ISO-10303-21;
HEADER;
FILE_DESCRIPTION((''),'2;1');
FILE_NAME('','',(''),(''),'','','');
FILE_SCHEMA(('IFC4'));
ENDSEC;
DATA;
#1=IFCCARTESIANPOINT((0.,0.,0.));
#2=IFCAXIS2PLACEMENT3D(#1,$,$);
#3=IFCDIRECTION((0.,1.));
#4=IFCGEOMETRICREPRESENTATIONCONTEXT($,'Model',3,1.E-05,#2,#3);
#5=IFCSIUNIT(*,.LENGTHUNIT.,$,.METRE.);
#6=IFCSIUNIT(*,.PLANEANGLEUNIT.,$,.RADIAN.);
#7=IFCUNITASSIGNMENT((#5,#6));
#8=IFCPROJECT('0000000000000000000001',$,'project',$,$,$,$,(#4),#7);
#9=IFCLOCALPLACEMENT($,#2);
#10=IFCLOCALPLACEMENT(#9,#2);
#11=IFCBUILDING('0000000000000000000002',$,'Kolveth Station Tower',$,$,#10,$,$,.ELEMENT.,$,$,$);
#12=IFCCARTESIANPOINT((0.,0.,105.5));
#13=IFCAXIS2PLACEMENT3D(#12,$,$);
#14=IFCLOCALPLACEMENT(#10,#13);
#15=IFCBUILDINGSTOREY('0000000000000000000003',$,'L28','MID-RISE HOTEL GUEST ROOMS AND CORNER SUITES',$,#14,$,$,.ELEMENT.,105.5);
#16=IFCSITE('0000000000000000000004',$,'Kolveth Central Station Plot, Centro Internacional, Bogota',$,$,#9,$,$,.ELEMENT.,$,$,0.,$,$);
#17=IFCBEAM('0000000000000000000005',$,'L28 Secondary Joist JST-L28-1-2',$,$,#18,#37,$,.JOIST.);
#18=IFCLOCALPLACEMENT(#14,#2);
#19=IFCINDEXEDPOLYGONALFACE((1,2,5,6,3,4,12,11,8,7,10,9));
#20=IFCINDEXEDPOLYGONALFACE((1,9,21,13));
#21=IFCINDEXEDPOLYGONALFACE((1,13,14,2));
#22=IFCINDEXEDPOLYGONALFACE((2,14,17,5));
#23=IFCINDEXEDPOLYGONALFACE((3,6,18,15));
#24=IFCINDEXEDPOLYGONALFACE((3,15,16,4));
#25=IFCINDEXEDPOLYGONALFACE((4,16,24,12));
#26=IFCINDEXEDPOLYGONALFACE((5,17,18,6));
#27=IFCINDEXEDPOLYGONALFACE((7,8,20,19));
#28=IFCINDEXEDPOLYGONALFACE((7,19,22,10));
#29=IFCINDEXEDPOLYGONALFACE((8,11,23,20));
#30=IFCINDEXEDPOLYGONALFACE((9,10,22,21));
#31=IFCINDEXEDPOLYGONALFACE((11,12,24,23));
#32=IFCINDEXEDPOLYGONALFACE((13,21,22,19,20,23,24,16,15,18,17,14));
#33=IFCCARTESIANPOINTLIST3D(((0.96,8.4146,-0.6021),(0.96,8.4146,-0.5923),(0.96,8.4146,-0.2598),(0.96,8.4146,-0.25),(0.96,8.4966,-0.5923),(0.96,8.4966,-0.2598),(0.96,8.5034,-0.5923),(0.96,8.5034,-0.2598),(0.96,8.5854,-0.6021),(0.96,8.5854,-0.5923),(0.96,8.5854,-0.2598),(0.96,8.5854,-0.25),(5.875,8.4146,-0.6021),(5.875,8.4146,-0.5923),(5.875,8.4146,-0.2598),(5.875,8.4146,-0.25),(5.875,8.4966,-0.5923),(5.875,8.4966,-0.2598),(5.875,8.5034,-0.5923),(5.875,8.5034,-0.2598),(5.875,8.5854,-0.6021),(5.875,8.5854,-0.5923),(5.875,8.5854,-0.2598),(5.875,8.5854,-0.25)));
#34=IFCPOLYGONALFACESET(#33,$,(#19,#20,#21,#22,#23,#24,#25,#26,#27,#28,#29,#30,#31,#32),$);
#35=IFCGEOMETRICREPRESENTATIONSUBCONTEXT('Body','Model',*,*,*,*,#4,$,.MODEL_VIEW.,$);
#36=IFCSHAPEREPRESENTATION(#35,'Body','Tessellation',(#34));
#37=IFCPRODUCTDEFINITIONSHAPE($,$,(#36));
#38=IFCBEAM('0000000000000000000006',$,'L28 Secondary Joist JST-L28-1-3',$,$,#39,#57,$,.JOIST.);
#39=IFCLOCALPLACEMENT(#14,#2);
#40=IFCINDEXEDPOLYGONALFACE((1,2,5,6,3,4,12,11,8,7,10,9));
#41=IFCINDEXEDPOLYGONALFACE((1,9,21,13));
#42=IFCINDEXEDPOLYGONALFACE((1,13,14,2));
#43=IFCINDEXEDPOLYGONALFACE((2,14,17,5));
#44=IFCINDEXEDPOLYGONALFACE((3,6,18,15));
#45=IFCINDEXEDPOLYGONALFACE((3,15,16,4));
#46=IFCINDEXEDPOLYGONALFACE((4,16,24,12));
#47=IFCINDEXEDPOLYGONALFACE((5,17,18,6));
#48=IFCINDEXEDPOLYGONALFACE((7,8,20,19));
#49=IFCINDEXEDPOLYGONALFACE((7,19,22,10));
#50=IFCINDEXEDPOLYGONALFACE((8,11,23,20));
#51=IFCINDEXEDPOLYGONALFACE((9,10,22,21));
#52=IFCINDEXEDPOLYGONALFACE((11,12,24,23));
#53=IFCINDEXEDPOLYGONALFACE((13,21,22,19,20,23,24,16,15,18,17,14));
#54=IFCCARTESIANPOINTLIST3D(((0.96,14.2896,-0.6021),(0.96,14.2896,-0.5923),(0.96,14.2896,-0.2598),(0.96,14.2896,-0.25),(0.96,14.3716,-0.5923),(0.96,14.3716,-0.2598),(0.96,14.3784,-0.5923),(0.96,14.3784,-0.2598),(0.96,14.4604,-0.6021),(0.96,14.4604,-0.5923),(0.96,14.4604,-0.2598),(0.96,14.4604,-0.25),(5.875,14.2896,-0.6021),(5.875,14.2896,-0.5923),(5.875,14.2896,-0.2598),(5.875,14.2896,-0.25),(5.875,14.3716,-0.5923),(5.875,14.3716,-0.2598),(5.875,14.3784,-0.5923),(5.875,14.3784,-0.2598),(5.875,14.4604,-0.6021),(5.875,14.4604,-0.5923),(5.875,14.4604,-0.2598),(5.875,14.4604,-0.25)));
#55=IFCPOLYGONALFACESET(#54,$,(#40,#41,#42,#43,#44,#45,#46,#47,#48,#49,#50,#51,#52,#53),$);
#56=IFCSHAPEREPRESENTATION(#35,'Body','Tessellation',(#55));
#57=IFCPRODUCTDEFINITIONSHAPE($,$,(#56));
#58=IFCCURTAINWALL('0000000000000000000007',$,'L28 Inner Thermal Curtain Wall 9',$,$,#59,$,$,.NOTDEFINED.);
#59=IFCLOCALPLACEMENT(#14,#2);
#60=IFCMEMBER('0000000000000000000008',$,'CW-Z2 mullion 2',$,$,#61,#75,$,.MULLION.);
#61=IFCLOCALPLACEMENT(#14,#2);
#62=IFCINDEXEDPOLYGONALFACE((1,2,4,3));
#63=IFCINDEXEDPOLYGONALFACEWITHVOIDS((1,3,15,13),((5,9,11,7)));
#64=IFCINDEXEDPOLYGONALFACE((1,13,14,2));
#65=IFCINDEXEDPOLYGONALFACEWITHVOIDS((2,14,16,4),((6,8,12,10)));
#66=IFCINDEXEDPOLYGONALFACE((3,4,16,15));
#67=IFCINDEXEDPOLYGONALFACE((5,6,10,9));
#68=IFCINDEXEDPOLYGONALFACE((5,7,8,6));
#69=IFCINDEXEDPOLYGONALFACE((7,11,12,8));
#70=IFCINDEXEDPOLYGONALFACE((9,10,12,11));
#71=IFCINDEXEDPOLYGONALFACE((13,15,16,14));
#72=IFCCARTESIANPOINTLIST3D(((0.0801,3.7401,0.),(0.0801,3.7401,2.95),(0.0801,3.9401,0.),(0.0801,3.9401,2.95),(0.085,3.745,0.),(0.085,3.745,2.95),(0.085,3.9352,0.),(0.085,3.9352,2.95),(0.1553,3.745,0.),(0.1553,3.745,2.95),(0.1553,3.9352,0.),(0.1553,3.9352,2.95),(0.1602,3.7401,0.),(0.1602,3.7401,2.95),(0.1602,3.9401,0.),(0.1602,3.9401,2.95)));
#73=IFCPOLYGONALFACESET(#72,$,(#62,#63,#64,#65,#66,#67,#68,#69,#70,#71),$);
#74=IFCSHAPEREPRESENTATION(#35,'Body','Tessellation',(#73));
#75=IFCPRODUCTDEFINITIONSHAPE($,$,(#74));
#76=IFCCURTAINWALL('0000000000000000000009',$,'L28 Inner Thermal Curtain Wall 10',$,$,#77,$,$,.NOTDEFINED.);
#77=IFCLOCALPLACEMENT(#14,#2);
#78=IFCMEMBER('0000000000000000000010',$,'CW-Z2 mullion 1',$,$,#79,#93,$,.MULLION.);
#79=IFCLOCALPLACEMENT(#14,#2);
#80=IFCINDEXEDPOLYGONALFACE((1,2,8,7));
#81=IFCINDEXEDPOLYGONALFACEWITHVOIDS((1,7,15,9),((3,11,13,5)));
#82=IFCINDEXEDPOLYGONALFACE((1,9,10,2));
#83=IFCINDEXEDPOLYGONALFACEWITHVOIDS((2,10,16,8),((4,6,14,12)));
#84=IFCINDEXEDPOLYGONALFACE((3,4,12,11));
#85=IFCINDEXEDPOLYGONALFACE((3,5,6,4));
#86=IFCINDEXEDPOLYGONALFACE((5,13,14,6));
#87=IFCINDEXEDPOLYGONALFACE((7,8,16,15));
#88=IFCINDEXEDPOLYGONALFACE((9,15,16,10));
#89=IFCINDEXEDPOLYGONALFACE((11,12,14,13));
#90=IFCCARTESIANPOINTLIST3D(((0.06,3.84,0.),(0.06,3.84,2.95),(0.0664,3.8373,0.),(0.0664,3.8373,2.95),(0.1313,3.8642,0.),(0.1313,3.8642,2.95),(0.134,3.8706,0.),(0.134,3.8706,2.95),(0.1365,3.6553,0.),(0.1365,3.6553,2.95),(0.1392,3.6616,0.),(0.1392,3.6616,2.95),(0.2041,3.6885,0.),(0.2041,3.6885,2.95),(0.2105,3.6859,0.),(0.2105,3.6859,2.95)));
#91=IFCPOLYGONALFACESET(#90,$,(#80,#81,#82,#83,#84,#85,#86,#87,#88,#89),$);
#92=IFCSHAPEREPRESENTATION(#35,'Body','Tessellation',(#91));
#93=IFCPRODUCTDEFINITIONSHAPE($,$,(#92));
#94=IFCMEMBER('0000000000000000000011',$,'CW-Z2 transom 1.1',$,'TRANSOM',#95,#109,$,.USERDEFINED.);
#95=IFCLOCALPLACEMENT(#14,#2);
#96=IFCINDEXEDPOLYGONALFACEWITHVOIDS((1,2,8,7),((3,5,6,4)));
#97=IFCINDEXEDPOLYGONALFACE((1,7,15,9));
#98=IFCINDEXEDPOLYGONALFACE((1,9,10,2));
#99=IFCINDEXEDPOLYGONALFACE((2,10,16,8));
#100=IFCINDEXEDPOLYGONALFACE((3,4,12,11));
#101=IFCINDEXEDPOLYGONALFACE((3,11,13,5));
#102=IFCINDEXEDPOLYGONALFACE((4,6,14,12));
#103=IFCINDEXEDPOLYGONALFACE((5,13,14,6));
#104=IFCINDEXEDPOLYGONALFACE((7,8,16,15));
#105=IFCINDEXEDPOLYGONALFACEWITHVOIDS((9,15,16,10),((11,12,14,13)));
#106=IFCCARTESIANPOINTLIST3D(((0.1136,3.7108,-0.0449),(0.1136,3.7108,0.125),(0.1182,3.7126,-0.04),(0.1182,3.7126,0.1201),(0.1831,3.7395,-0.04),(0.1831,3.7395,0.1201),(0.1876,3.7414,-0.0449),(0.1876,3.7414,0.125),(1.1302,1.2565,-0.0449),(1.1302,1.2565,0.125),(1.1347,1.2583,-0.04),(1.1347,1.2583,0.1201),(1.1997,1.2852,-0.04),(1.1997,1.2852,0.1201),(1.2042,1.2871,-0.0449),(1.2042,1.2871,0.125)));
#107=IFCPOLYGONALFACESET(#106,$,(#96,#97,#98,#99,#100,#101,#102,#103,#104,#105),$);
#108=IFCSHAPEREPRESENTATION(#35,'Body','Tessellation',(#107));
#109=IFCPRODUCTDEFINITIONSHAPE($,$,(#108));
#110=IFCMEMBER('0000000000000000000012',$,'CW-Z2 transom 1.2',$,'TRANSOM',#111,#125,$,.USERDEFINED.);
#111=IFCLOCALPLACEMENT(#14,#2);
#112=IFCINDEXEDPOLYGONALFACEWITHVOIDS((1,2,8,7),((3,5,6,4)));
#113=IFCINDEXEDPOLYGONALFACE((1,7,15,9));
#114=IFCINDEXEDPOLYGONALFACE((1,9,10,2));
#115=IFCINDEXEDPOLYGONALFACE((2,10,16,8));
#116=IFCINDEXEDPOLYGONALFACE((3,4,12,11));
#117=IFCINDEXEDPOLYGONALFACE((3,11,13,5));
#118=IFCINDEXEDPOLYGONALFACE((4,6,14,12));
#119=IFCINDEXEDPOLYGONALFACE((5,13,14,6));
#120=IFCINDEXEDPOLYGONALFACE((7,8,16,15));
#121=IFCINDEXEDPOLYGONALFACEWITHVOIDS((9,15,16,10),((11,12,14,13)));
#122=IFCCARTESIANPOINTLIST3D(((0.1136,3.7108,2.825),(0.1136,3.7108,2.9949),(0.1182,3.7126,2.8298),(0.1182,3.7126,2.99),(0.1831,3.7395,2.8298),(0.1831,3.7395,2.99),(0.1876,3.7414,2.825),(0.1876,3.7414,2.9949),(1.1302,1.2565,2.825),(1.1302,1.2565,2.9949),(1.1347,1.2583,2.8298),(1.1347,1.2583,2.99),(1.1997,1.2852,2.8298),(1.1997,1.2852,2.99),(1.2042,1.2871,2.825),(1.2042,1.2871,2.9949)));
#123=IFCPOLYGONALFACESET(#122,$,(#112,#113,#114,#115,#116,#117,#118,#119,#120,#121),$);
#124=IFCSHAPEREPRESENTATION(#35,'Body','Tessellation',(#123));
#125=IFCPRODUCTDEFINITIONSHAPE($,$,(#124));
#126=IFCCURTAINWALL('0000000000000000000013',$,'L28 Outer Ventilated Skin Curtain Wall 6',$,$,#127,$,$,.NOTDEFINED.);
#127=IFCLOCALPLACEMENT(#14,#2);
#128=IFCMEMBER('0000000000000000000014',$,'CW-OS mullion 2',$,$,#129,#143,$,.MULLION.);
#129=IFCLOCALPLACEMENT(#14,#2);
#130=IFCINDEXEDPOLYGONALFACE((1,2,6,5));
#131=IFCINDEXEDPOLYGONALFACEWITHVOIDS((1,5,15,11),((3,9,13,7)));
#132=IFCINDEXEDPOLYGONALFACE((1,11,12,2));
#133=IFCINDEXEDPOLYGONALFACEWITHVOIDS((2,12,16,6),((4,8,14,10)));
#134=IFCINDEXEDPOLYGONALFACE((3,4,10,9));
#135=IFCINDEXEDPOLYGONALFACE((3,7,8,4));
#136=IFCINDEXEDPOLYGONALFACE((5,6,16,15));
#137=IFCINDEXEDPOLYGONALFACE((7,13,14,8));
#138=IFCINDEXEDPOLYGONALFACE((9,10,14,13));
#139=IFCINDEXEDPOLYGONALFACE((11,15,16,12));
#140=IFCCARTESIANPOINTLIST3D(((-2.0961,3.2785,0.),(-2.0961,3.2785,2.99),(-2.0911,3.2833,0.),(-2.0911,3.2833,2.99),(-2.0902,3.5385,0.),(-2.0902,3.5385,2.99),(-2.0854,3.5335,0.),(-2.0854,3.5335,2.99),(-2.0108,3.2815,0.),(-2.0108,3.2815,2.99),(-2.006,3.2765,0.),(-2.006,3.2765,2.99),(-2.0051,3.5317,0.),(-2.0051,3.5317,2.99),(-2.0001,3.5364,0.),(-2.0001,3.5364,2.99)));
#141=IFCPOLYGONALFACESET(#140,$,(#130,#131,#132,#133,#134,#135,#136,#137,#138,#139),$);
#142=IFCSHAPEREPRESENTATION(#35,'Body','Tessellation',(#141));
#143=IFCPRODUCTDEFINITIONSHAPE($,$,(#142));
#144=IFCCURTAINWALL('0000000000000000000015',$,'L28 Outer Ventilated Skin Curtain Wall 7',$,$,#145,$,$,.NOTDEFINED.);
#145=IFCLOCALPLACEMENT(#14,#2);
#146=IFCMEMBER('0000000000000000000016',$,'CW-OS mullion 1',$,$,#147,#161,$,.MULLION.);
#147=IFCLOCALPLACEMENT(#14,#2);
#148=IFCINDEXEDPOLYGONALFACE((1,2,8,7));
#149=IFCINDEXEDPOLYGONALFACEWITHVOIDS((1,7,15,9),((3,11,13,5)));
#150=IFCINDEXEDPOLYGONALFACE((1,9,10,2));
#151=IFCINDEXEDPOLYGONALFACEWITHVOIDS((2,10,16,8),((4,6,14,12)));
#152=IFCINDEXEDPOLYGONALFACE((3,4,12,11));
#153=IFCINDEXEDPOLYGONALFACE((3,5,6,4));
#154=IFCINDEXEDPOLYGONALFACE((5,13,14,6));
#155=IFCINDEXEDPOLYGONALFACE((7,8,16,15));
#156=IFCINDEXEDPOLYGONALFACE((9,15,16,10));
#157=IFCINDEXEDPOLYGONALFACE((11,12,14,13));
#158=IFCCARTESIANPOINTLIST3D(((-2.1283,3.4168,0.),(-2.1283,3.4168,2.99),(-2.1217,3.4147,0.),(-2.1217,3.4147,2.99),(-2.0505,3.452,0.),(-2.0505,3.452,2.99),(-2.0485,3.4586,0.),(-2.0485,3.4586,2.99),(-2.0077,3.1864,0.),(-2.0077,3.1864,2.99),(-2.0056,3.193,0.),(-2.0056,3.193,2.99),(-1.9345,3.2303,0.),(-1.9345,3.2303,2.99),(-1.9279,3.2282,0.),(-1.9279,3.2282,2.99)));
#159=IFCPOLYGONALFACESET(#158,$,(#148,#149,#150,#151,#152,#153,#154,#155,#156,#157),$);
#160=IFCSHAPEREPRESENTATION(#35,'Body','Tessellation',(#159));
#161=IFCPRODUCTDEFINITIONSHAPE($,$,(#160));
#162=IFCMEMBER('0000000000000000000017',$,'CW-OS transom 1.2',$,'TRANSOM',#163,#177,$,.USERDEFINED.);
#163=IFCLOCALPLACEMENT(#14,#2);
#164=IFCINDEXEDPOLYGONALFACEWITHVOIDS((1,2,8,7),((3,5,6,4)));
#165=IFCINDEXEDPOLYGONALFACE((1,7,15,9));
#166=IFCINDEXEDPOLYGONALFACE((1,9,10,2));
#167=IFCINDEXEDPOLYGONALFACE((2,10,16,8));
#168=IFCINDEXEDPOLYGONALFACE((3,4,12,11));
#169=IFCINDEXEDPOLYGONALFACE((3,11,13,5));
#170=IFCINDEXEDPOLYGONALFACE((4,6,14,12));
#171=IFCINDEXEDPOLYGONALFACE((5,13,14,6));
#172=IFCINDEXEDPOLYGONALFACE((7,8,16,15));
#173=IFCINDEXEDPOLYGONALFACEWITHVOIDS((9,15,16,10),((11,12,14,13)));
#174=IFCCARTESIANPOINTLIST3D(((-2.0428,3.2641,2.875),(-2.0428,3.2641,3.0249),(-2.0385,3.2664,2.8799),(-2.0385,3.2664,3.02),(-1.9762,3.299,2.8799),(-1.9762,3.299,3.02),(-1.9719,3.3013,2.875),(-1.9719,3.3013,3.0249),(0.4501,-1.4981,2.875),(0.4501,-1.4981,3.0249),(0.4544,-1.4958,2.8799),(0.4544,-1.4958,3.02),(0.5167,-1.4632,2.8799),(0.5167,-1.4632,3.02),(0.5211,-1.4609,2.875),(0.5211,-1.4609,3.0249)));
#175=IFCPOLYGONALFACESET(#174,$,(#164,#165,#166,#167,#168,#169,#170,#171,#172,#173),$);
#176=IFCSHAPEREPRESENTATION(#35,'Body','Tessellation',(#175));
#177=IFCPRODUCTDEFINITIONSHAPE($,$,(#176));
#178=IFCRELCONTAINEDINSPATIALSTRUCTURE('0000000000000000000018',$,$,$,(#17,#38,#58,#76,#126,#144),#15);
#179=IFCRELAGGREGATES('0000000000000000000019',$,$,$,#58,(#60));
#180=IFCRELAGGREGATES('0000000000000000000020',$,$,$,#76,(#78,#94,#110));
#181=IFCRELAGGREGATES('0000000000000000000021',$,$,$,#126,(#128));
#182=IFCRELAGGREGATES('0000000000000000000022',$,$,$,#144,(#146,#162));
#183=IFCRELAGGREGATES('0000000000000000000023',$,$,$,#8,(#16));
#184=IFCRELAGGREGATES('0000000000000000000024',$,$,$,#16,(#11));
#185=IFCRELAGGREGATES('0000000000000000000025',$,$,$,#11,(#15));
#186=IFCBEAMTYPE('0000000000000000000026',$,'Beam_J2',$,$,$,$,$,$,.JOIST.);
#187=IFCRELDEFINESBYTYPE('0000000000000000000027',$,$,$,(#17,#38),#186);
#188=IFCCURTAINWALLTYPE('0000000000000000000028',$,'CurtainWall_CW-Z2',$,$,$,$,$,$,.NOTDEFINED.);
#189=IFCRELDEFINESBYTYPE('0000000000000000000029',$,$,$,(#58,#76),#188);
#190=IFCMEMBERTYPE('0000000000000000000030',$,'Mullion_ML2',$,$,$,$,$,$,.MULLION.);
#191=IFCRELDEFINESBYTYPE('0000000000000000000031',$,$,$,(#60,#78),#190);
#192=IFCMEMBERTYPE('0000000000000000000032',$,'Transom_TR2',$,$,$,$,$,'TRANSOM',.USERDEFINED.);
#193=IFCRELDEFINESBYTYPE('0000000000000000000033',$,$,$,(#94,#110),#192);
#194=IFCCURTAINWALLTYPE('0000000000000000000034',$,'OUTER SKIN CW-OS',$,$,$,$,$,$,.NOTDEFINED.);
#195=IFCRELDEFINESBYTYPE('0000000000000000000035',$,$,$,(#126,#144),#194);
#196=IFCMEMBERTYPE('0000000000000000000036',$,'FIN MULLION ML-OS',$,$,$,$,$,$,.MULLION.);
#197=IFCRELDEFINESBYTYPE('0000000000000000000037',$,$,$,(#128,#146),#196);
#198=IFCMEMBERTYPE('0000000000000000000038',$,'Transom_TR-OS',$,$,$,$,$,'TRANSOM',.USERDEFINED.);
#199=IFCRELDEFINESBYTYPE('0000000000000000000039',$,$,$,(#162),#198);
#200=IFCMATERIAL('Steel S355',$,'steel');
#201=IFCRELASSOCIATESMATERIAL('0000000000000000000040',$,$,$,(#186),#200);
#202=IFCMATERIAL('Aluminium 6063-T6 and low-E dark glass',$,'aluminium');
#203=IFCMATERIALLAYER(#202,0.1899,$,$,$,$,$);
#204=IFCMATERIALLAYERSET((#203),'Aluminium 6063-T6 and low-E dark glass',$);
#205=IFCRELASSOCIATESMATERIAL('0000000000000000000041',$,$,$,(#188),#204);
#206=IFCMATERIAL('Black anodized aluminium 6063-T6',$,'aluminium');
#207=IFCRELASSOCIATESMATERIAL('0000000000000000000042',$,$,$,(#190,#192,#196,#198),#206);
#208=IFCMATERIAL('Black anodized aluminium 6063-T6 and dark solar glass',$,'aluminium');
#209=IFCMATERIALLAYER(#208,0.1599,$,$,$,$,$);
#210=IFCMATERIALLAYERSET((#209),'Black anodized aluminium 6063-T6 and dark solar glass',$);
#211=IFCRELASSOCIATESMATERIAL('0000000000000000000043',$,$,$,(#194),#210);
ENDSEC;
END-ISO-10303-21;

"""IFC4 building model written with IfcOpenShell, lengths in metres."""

from ifc_helpers import new_model, si_unit, direction, frame, origin, origin_2d, place, context, subcontext, project, spatial, hollow_rectangle, i_section, extrude, source, transform, mapped, material, layer, layer_set, material_profile, profile_set, type_object, element, aggregate, save


model = new_model("IFC4")

# Units and contexts
model_context = context("Model", 3, precision=1e-05, world=origin(), true_north=direction((0.0, 1.0)))
body_context = subcontext(model_context, "Body", "Model", "MODEL_VIEW")
ifc_project = project(units=[si_unit("LENGTHUNIT", "METRE"), si_unit("PLANEANGLEUNIT", "RADIAN")], contexts=[model_context])

# Site, building, storey
site_placement = place(None, origin())
site = spatial("IfcSite", under=ifc_project, at=site_placement, Name="Kolveth Central Station Plot, Centro Internacional, Bogota", CompositionType="ELEMENT", RefElevation=0.0)
building_placement = place(site_placement, origin())
building = spatial("IfcBuilding", under=site, at=building_placement, Name="Kolveth Station Tower", CompositionType="ELEMENT")
storey_placement = place(building_placement, frame((0.0, 0.0, 105.5)))
storey = spatial("IfcBuildingStorey", under=building, at=storey_placement, Name="L28", Description="MID-RISE HOTEL GUEST ROOMS AND CORNER SUITES", CompositionType="ELEMENT", Elevation=105.5)

# Beams
ifc_material_1 = material(Name="Steel S355", Category="steel")
ifc_material_profile_1 = material_profile(ifc_material_1, i_section(OverallWidth=0.1709, OverallDepth=0.3521, WebThickness=0.0068, FlangeThickness=0.0098, at=origin_2d()), Name="W360x44")
ifc_profile_set_1 = profile_set([ifc_material_profile_1], Name="Steel S355")
beam_type_1 = type_object("IfcBeamType", Name="Beam_J2", PredefinedType="JOIST", material=ifc_profile_set_1)
shared_shape_1 = source(origin(), body_context, "Body", "SweptSolid", [
    extrude(i_section(OverallWidth=0.1709, OverallDepth=0.3521, WebThickness=0.0068, FlangeThickness=0.0098, at=origin_2d()), origin(), (0.0, 0.0, 1.0), 4.915),
])
for number, where, z_axis, x_axis, name in (
    (1, (0.96, 8.5, -0.426), (1.0, 0.0, 0.0), (0.0, 1.0, 0.0), "L28 Secondary Joist JST-L28-1-2"),
    (2, (0.96, 14.375, -0.426), (1.0, 0.0, 0.0), (0.0, 1.0, 0.0), "L28 Secondary Joist JST-L28-1-3"),
):
    element("IfcBeam", number, at=place(storey_placement, frame(where, z_axis=z_axis, x_axis=x_axis)), inside=storey, type_object=beam_type_1, Name=name, PredefinedType="JOIST", context=body_context, shape_type="MappedRepresentation", body=[
        mapped(shared_shape_1, transform((0.0, 0.0, 0.0), x_axis=(1.0, 0.0, 0.0), y_axis=(0.0, 1.0, 0.0), z_axis=(0.0, 0.0, 1.0), scale=1.0)),
    ])

# Curtain wall, member
ifc_material_2 = material(Name="Aluminium 6063-T6 and low-E dark glass", Category="aluminium")
ifc_layer_1 = layer(ifc_material_2, 0.1899)
ifc_layer_set_1 = layer_set([ifc_layer_1], Name="Aluminium 6063-T6 and low-E dark glass")
curtain_wall_type_1 = type_object("IfcCurtainWallType", Name="CurtainWall_CW-Z2", PredefinedType="NOTDEFINED", material=ifc_layer_set_1)
curtain_wall_1_placement = place(storey_placement, origin())
curtain_wall_1 = element("IfcCurtainWall", 3, at=curtain_wall_1_placement, inside=storey, type_object=curtain_wall_type_1, Name="L28 Inner Thermal Curtain Wall 9", PredefinedType="NOTDEFINED")
ifc_material_3 = material(Name="Black anodized aluminium 6063-T6", Category="aluminium")
ifc_material_profile_2 = material_profile(ifc_material_3, hollow_rectangle(XDim=0.0801, YDim=0.2, WallThickness=0.0049, at=origin_2d()), Name="ALU-80x200x5")
ifc_profile_set_2 = profile_set([ifc_material_profile_2], Name="Black anodized aluminium 6063-T6")
member_type_1 = type_object("IfcMemberType", Name="Mullion_ML2", PredefinedType="MULLION", material=ifc_profile_set_2)
shared_shape_2 = source(origin(), body_context, "Body", "SweptSolid", [
    extrude(hollow_rectangle(XDim=0.0801, YDim=0.2, WallThickness=0.0049, at=origin_2d()), origin(), (0.0, 0.0, 1.0), 2.95),
])
member_1_placement = place(storey_placement, frame((0.1201, 3.8401, 0.0), z_axis=(0.0, 0.0, 1.0), x_axis=(1.0, 0.0, 0.0)))
member_1 = element("IfcMember", 4, at=member_1_placement, type_object=member_type_1, Name="CW-Z2 mullion 2", PredefinedType="MULLION", context=body_context, shape_type="MappedRepresentation", body=[
    mapped(shared_shape_2, transform((0.0, 0.0, 0.0), x_axis=(1.0, 0.0, 0.0), y_axis=(0.0, 1.0, 0.0), z_axis=(0.0, 0.0, 1.0), scale=1.0)),
])
aggregate(curtain_wall_1, [member_1])

# Curtain wall, members
curtain_wall_2_placement = place(storey_placement, origin())
curtain_wall_2 = element("IfcCurtainWall", 5, at=curtain_wall_2_placement, inside=storey, type_object=curtain_wall_type_1, Name="L28 Inner Thermal Curtain Wall 10", PredefinedType="NOTDEFINED")
member_2_placement = place(storey_placement, frame((0.1353, 3.7629, 0.0), z_axis=(0.0, 0.0, 1.0), x_axis=(0.923888, 0.382663, 0.0)))
member_2 = element("IfcMember", 6, at=member_2_placement, type_object=member_type_1, Name="CW-Z2 mullion 1", PredefinedType="MULLION", context=body_context, shape_type="MappedRepresentation", body=[
    mapped(shared_shape_2, transform((0.0, 0.0, 0.0), x_axis=(1.0, 0.0, 0.0), y_axis=(0.0, 1.0, 0.0), z_axis=(0.0, 0.0, 1.0), scale=1.0)),
])
ifc_material_profile_3 = material_profile(ifc_material_3, hollow_rectangle(XDim=0.0801, YDim=0.1699, WallThickness=0.0049, at=origin_2d()), Name="ALU-80x170x5")
ifc_profile_set_3 = profile_set([ifc_material_profile_3], Name="Black anodized aluminium 6063-T6")
member_type_2 = type_object("IfcMemberType", Name="Transom_TR2", ElementType="TRANSOM", PredefinedType="USERDEFINED", material=ifc_profile_set_3)
shared_shape_3 = source(origin(), body_context, "Body", "SweptSolid", [
    extrude(hollow_rectangle(XDim=0.0801, YDim=0.1699, WallThickness=0.0049, at=origin_2d()), origin(), (0.0, 0.0, 1.0), 2.6565),
])
member_3_placement = place(storey_placement, frame((0.1506, 3.7261, 0.04), z_axis=(0.382676, -0.923882, 0.0), x_axis=(0.923882, 0.382676, 0.0)))
member_3 = element("IfcMember", 7, at=member_3_placement, type_object=member_type_2, Name="CW-Z2 transom 1.1", ObjectType="TRANSOM", PredefinedType="USERDEFINED", context=body_context, shape_type="MappedRepresentation", body=[
    mapped(shared_shape_3, transform((0.0, 0.0, 0.0), x_axis=(1.0, 0.0, 0.0), y_axis=(0.0, 1.0, 0.0), z_axis=(0.0, 0.0, 1.0), scale=1.0)),
])
member_4_placement = place(storey_placement, frame((0.1506, 3.7261, 2.9099), z_axis=(0.382676, -0.923882, 0.0), x_axis=(0.923882, 0.382676, 0.0)))
member_4 = element("IfcMember", 8, at=member_4_placement, type_object=member_type_2, Name="CW-Z2 transom 1.2", ObjectType="TRANSOM", PredefinedType="USERDEFINED", context=body_context, shape_type="MappedRepresentation", body=[
    mapped(shared_shape_3, transform((0.0, 0.0, 0.0), x_axis=(1.0, 0.0, 0.0), y_axis=(0.0, 1.0, 0.0), z_axis=(0.0, 0.0, 1.0), scale=1.0)),
])
aggregate(curtain_wall_2, [member_2, member_3, member_4])

# Curtain wall, member
ifc_material_4 = material(Name="Black anodized aluminium 6063-T6 and dark solar glass", Category="aluminium")
ifc_layer_2 = layer(ifc_material_4, 0.1599)
ifc_layer_set_2 = layer_set([ifc_layer_2], Name="Black anodized aluminium 6063-T6 and dark solar glass")
curtain_wall_type_2 = type_object("IfcCurtainWallType", Name="OUTER SKIN CW-OS", PredefinedType="NOTDEFINED", material=ifc_layer_set_2)
curtain_wall_3_placement = place(storey_placement, origin())
curtain_wall_3 = element("IfcCurtainWall", 9, at=curtain_wall_3_placement, inside=storey, type_object=curtain_wall_type_2, Name="L28 Outer Ventilated Skin Curtain Wall 6", PredefinedType="NOTDEFINED")
ifc_material_profile_4 = material_profile(ifc_material_3, hollow_rectangle(XDim=0.0901, YDim=0.26, WallThickness=0.0049, at=origin_2d()), Name="ALU-90x260x5")
ifc_profile_set_4 = profile_set([ifc_material_profile_4], Name="Black anodized aluminium 6063-T6")
member_type_3 = type_object("IfcMemberType", Name="FIN MULLION ML-OS", PredefinedType="MULLION", material=ifc_profile_set_4)
shared_shape_4 = source(origin(), body_context, "Body", "SweptSolid", [
    extrude(hollow_rectangle(XDim=0.0901, YDim=0.26, WallThickness=0.0049, at=origin_2d()), origin(), (0.0, 0.0, 1.0), 2.99),
])
member_5_placement = place(storey_placement, frame((-2.0481, 3.4075, 0.0), z_axis=(0.0, 0.0, 1.0), x_axis=(0.999745, -0.022594, 0.0)))
member_5 = element("IfcMember", 10, at=member_5_placement, type_object=member_type_3, Name="CW-OS mullion 2", PredefinedType="MULLION", context=body_context, shape_type="MappedRepresentation", body=[
    mapped(shared_shape_4, transform((0.0, 0.0, 0.0), x_axis=(1.0, 0.0, 0.0), y_axis=(0.0, 1.0, 0.0), z_axis=(0.0, 0.0, 1.0), scale=1.0)),
])
aggregate(curtain_wall_3, [member_5])

# Curtain wall, members
curtain_wall_4_placement = place(storey_placement, origin())
curtain_wall_4 = element("IfcCurtainWall", 11, at=curtain_wall_4_placement, inside=storey, type_object=curtain_wall_type_2, Name="L28 Outer Ventilated Skin Curtain Wall 7", PredefinedType="NOTDEFINED")
member_6_placement = place(storey_placement, frame((-2.0281, 3.3225, 0.0), z_axis=(0.0, 0.0, 1.0), x_axis=(0.88596, 0.463762, 0.0)))
member_6 = element("IfcMember", 12, at=member_6_placement, type_object=member_type_3, Name="CW-OS mullion 1", PredefinedType="MULLION", context=body_context, shape_type="MappedRepresentation", body=[
    mapped(shared_shape_4, transform((0.0, 0.0, 0.0), x_axis=(1.0, 0.0, 0.0), y_axis=(0.0, 1.0, 0.0), z_axis=(0.0, 0.0, 1.0), scale=1.0)),
])
ifc_material_profile_5 = material_profile(ifc_material_3, hollow_rectangle(XDim=0.0801, YDim=0.1499, WallThickness=0.0049, at=origin_2d()), Name="ALU-80x150x5")
ifc_profile_set_5 = profile_set([ifc_material_profile_5], Name="Black anodized aluminium 6063-T6")
member_type_4 = type_object("IfcMemberType", Name="Transom_TR-OS", ElementType="TRANSOM", PredefinedType="USERDEFINED", material=ifc_profile_set_5)
shared_shape_5 = source(origin(), body_context, "Body", "SweptSolid", [
    extrude(hollow_rectangle(XDim=0.0801, YDim=0.1499, WallThickness=0.0049, at=origin_2d()), origin(), (0.0, 0.0, 1.0), 5.3752),
])
member_7_placement = place(storey_placement, frame((-2.0073, 3.2827, 2.95), z_axis=(0.463778, -0.885952, 0.0), x_axis=(0.885952, 0.463778, 0.0)))
member_7 = element("IfcMember", 13, at=member_7_placement, type_object=member_type_4, Name="CW-OS transom 1.2", ObjectType="TRANSOM", PredefinedType="USERDEFINED", context=body_context, shape_type="MappedRepresentation", body=[
    mapped(shared_shape_5, transform((0.0, 0.0, 0.0), x_axis=(1.0, 0.0, 0.0), y_axis=(0.0, 1.0, 0.0), z_axis=(0.0, 0.0, 1.0), scale=1.0)),
])
aggregate(curtain_wall_4, [member_6, member_7])

save(model, "model.ifc")
